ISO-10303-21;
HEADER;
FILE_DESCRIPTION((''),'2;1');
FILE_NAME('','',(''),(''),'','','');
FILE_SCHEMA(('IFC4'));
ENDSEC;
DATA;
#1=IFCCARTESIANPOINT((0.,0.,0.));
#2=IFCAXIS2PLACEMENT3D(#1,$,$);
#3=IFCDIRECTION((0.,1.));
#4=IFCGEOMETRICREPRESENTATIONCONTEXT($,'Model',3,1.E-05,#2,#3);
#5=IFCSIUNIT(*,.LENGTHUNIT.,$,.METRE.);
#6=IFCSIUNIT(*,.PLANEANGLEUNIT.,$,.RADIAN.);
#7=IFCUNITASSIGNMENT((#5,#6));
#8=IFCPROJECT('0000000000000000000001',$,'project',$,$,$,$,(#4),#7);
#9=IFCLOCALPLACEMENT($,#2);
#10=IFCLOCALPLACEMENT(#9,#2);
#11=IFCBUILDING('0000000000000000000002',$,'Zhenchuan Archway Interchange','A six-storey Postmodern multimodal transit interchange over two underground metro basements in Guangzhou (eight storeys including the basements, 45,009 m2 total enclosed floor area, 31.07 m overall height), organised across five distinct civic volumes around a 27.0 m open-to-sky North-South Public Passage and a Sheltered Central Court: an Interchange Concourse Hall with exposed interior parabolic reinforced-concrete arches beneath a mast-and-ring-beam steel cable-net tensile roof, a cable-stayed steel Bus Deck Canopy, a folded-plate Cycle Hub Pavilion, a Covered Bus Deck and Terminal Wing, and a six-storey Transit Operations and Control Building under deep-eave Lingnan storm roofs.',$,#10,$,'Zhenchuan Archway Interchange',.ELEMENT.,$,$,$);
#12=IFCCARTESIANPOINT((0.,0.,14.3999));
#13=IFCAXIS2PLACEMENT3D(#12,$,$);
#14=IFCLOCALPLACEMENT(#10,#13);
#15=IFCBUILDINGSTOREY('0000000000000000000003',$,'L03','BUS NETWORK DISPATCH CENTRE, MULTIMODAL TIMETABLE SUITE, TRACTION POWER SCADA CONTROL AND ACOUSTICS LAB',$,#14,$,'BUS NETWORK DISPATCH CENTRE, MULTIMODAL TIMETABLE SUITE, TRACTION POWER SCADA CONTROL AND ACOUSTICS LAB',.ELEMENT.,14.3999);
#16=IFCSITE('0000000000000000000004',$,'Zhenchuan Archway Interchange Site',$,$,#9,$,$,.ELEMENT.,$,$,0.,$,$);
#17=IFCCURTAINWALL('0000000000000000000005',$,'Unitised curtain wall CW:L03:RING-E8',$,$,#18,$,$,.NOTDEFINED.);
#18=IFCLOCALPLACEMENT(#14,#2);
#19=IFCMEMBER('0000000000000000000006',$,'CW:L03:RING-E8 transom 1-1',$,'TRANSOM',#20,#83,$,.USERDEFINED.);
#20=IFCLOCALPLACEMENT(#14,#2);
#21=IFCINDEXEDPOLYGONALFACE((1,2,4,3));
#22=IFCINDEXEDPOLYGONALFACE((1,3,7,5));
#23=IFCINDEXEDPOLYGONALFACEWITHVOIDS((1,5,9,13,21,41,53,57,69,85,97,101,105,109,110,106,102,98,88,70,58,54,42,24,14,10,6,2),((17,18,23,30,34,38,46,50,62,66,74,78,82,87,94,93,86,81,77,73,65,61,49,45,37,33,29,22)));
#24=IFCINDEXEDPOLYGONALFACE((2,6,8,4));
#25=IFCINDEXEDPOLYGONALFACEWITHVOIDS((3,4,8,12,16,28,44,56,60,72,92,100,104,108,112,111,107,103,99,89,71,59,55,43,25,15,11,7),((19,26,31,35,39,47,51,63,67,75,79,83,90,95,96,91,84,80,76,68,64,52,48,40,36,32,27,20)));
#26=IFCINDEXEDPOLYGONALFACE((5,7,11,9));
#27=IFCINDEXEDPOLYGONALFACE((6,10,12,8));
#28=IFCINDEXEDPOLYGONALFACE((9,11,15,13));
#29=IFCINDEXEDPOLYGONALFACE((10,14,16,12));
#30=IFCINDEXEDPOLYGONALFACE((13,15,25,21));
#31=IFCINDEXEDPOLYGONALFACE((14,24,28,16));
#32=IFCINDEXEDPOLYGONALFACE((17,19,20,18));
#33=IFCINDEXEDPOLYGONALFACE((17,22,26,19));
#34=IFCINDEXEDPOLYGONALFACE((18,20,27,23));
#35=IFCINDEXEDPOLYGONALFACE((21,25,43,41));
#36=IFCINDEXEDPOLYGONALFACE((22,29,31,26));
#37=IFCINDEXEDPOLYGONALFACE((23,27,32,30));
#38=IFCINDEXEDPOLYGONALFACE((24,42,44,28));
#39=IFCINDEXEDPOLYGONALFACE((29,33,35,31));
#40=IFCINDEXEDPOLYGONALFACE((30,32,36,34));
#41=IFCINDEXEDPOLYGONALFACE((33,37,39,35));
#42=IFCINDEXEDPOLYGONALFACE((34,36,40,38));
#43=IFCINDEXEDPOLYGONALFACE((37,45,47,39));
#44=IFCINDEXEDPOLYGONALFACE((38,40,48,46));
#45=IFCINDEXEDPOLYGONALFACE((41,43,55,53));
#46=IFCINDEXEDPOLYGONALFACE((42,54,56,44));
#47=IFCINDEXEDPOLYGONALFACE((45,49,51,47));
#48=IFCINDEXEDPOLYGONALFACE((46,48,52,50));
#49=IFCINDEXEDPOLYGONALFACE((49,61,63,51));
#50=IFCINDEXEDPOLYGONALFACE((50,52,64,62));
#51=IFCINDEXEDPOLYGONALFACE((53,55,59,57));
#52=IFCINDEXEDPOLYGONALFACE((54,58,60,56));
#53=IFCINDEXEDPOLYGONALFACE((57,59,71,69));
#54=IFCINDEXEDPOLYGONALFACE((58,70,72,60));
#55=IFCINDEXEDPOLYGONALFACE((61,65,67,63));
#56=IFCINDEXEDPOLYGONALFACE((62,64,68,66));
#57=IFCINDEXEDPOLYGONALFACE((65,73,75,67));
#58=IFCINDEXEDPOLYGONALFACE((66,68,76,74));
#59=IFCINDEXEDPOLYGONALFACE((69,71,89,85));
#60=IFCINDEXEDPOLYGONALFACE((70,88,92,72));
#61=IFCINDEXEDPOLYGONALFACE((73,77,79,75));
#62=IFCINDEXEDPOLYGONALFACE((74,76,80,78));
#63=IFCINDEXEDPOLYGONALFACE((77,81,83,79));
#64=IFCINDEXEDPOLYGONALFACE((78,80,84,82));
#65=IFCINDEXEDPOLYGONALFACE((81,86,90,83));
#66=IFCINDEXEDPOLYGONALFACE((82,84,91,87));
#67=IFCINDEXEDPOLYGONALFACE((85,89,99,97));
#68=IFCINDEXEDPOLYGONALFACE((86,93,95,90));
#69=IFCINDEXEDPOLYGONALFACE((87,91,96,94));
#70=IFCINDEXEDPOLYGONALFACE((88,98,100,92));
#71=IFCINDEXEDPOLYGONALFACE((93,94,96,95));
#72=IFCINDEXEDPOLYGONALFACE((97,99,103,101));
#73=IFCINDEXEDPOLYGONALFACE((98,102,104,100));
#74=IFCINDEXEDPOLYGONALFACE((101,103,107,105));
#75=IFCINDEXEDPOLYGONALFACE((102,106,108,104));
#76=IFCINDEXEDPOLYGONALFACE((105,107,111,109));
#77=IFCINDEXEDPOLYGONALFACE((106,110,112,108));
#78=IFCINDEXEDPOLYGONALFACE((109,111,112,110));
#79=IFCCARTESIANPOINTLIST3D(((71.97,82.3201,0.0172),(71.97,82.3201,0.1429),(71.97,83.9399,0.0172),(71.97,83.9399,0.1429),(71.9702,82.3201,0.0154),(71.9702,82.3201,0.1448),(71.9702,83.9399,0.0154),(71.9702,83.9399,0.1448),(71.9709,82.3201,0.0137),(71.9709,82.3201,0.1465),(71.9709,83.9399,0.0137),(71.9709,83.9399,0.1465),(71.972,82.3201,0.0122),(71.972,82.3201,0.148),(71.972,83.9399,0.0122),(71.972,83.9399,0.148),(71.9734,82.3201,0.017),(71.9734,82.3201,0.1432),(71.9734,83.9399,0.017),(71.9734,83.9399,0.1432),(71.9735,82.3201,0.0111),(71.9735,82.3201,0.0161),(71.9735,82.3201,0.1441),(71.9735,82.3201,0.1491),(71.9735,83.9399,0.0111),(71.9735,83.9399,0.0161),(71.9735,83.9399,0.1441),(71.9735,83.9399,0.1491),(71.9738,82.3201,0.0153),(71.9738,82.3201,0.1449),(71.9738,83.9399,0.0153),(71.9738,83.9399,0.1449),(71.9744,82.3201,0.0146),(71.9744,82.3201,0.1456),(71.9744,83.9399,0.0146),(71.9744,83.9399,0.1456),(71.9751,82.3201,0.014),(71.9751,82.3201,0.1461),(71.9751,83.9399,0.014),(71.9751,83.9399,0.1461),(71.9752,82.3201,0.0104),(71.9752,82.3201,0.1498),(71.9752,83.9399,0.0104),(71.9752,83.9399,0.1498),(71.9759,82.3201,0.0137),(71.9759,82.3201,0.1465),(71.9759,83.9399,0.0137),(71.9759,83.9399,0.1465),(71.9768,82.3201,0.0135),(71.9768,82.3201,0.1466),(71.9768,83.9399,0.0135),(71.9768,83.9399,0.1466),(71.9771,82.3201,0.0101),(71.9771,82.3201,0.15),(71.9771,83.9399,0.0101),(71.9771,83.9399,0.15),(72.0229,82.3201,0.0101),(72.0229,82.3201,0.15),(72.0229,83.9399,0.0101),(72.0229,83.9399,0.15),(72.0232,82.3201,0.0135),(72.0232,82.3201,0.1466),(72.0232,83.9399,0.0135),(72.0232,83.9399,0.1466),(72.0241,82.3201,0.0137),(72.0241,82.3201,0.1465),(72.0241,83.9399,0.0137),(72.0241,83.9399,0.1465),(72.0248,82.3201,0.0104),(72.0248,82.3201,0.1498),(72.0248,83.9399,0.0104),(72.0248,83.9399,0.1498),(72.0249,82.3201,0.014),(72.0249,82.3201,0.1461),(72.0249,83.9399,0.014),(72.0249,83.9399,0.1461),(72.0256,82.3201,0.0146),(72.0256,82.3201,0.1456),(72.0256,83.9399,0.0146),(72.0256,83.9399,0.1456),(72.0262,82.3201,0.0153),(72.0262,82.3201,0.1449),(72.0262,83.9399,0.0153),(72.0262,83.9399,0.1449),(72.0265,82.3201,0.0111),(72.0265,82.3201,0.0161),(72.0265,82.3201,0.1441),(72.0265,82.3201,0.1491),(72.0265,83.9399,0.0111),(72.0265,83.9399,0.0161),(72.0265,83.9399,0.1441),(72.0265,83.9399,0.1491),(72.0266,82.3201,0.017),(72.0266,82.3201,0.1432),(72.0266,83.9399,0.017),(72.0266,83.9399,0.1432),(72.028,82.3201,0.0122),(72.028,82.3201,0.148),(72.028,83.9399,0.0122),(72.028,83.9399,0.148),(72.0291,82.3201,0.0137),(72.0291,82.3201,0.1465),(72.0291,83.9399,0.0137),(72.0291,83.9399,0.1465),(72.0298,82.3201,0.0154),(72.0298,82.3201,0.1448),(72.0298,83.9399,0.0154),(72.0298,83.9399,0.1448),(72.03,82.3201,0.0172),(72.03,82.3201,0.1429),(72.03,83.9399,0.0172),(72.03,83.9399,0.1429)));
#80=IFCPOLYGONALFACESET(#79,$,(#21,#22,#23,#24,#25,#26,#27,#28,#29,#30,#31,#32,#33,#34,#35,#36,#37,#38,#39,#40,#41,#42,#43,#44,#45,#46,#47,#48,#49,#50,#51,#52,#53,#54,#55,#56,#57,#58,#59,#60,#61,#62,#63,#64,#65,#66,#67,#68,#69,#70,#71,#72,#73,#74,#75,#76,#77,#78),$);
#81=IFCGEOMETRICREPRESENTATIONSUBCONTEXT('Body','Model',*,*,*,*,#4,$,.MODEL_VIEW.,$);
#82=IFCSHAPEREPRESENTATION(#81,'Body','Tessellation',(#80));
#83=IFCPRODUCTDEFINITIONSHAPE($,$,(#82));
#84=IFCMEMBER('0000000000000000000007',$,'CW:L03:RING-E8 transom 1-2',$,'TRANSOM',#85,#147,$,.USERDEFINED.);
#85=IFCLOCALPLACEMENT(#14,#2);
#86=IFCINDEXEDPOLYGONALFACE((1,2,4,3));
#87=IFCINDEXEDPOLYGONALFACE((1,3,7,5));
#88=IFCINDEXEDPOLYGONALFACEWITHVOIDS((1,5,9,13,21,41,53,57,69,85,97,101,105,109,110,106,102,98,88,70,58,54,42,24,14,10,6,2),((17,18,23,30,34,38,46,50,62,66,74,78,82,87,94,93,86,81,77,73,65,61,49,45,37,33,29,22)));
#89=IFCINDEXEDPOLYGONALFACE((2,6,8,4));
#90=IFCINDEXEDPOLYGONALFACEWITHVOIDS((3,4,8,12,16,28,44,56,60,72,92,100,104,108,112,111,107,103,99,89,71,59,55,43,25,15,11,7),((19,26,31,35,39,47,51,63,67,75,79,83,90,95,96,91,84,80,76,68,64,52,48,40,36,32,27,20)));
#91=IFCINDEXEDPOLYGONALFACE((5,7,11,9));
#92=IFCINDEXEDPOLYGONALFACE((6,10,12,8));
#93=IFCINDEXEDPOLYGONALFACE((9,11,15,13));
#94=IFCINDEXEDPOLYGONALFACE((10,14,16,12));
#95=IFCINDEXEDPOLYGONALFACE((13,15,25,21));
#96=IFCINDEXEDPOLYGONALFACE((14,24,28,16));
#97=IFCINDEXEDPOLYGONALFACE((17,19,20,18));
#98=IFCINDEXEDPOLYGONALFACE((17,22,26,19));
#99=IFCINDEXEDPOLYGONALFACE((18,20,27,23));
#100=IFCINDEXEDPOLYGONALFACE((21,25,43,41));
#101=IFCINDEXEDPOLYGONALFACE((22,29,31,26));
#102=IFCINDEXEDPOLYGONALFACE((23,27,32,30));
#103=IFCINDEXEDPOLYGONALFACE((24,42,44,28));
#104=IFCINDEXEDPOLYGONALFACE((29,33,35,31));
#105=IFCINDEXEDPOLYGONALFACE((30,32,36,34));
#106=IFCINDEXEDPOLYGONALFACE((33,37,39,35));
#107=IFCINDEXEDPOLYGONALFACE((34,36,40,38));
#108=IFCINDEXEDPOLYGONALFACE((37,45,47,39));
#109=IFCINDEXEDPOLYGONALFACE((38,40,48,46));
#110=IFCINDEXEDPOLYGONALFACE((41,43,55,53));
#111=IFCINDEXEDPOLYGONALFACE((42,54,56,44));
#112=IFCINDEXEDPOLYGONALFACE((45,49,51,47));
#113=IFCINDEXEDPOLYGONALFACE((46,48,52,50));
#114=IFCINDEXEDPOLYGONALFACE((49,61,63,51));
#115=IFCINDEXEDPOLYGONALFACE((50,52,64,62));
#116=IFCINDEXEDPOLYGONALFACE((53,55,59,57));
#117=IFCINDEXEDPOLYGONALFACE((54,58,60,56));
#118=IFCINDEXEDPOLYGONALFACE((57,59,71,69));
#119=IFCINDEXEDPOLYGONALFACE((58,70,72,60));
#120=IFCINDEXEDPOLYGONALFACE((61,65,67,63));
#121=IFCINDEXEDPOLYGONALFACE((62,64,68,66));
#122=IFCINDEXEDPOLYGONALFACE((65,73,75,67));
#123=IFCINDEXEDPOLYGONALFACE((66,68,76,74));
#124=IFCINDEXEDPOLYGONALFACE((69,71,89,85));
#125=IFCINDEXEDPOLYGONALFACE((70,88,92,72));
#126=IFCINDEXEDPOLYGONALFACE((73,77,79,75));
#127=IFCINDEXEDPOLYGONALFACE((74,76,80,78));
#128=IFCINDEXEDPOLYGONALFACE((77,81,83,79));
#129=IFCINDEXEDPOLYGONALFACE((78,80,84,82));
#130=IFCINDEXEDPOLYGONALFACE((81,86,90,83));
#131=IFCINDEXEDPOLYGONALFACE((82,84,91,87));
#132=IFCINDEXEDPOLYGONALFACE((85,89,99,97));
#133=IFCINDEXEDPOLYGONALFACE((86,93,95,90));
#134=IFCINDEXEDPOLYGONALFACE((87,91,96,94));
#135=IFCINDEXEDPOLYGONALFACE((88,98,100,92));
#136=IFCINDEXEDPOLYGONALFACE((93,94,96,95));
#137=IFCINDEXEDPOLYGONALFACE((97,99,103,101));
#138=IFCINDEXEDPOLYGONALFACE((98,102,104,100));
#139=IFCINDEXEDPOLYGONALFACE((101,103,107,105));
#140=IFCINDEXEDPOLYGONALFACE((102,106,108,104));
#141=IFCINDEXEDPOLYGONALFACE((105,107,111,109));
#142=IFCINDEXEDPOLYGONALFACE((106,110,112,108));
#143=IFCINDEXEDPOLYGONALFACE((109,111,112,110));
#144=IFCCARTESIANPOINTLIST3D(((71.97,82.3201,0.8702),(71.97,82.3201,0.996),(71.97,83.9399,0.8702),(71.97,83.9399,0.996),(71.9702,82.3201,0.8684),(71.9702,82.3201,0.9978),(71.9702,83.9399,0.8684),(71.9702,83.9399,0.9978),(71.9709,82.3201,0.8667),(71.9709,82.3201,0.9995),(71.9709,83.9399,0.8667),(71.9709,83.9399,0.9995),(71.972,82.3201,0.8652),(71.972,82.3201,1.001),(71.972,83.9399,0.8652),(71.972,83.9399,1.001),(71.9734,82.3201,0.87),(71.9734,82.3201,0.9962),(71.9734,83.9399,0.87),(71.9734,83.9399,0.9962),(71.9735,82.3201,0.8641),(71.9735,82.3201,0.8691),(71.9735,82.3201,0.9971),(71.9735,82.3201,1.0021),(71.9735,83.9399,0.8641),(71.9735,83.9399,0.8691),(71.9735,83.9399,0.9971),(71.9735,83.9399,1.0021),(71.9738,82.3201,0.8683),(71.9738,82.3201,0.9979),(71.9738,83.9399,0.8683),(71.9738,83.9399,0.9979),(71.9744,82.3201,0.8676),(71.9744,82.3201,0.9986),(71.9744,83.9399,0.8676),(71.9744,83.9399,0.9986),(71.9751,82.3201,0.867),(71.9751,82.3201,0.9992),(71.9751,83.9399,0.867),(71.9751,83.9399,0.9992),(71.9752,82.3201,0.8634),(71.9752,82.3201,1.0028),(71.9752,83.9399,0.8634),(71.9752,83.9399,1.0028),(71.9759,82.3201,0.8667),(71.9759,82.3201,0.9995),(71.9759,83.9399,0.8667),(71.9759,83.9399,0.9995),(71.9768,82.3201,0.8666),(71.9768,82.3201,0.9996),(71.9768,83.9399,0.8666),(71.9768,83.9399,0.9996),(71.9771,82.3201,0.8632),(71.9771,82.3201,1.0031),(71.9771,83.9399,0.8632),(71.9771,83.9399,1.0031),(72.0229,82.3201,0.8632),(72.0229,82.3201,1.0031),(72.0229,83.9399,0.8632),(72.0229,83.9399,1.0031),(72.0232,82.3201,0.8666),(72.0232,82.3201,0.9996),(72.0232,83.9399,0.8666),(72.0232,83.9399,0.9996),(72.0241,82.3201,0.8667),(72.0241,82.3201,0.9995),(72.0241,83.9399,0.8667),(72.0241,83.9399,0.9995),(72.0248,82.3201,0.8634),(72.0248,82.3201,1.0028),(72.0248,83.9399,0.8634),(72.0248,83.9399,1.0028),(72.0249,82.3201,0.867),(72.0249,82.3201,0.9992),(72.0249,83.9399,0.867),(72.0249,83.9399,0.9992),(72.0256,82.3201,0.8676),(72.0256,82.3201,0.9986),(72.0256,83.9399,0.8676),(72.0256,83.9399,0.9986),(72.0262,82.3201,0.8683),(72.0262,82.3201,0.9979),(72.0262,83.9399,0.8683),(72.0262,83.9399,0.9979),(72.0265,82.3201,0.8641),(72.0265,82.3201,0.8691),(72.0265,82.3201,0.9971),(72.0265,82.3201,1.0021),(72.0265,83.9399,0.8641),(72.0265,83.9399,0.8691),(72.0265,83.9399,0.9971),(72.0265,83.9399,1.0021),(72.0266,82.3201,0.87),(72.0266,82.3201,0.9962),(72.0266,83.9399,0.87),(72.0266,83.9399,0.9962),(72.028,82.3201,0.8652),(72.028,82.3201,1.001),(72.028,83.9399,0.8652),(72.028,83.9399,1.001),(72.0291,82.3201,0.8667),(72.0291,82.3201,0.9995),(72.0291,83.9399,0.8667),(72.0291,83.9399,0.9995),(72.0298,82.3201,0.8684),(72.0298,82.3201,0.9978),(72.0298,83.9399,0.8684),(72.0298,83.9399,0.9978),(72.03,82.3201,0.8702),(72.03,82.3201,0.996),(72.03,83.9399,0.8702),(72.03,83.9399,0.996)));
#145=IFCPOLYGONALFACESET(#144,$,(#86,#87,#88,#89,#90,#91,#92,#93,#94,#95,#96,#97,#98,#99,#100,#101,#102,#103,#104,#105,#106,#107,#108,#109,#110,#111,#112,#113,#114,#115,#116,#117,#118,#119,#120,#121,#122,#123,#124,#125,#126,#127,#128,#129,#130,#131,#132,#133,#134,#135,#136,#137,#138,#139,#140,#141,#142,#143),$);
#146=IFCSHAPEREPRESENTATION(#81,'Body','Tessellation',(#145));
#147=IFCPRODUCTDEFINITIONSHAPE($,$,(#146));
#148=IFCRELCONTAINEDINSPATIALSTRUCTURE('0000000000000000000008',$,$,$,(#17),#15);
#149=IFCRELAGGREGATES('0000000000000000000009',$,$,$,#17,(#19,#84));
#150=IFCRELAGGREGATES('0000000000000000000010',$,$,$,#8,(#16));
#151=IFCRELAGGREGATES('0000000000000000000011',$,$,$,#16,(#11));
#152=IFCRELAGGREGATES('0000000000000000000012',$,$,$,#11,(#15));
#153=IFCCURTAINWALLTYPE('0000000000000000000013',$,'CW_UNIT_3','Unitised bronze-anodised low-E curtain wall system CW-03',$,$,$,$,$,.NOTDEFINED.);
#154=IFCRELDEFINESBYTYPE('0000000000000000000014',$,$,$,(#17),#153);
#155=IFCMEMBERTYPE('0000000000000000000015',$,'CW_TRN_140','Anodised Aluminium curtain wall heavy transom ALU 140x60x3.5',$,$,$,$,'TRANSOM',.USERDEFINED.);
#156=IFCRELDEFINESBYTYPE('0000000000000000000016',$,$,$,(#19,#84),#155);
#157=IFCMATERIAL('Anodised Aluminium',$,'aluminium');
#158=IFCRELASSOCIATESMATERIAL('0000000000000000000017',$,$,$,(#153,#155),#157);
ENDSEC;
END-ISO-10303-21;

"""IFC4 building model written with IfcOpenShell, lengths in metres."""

from ifc_helpers import new_model, si_unit, direction, frame, origin, origin_2d, place, context, subcontext, project, spatial, hollow_rectangle, extrude, material, material_profile, profile_set, type_object, element, aggregate, save


model = new_model("IFC4")

# Units and contexts
model_context = context("Model", 3, precision=1e-05, world=origin(), true_north=direction((0.0, 1.0)))
body_context = subcontext(model_context, "Body", "Model", "MODEL_VIEW")
ifc_project = project(units=[si_unit("LENGTHUNIT", "METRE"), si_unit("PLANEANGLEUNIT", "RADIAN")], contexts=[model_context])

# Site, building, storey
site_placement = place(None, origin())
site = spatial("IfcSite", under=ifc_project, at=site_placement, Name="Zhenchuan Archway Interchange Site", CompositionType="ELEMENT", RefElevation=0.0)
building_placement = place(site_placement, origin())
building = spatial("IfcBuilding", under=site, at=building_placement, Name="Zhenchuan Archway Interchange", Description="A six-storey Postmodern multimodal transit interchange over two underground metro basements in Guangzhou (eight storeys including the basements, 45,009 m2 total enclosed floor area, 31.07 m overall height), organised across five distinct civic volumes around a 27.0 m open-to-sky North-South Public Passage and a Sheltered Central Court: an Interchange Concourse Hall with exposed interior parabolic reinforced-concrete arches beneath a mast-and-ring-beam steel cable-net tensile roof, a cable-stayed steel Bus Deck Canopy, a folded-plate Cycle Hub Pavilion, a Covered Bus Deck and Terminal Wing, and a six-storey Transit Operations and Control Building under deep-eave Lingnan storm roofs.", LongName="Zhenchuan Archway Interchange", CompositionType="ELEMENT")
storey_placement = place(building_placement, frame((0.0, 0.0, 14.3999)))
storey = spatial("IfcBuildingStorey", under=building, at=storey_placement, Name="L03", Description="BUS NETWORK DISPATCH CENTRE, MULTIMODAL TIMETABLE SUITE, TRACTION POWER SCADA CONTROL AND ACOUSTICS LAB", LongName="BUS NETWORK DISPATCH CENTRE, MULTIMODAL TIMETABLE SUITE, TRACTION POWER SCADA CONTROL AND ACOUSTICS LAB", CompositionType="ELEMENT", Elevation=14.3999)

# Shared definitions
ifc_material_1 = material(Name="Anodised Aluminium", Category="aluminium")
curtain_wall_type = type_object("IfcCurtainWallType", Name="CW_UNIT_3", Description="Unitised bronze-anodised low-E curtain wall system CW-03", PredefinedType="NOTDEFINED", material=ifc_material_1)

# Curtain wall
curtain_wall_1_placement = place(storey_placement, origin())
curtain_wall_1 = element("IfcCurtainWall", 1, at=curtain_wall_1_placement, inside=storey, type_object=curtain_wall_type, Name="Unitised curtain wall CW:L03:RING-E8", PredefinedType="NOTDEFINED")

# Members
ifc_material_profile_1 = material_profile(ifc_material_1, hollow_rectangle(XDim=0.0601, YDim=0.1399, WallThickness=0.0034, InnerFilletRadius=0.0034, OuterFilletRadius=0.0071, at=origin_2d()), Name="ALU 140x60x3.5")
ifc_profile_set_1 = profile_set([ifc_material_profile_1], Name="Anodised Aluminium")
member_type_1 = type_object("IfcMemberType", Name="CW_TRN_140", Description="Anodised Aluminium curtain wall heavy transom ALU 140x60x3.5", ElementType="TRANSOM", PredefinedType="USERDEFINED", material=ifc_profile_set_1)
member_1_placement = place(storey_placement, frame((72.0, 82.3201, 0.0801), z_axis=(0.0, 1.0, 0.0), x_axis=(-1.0, 0.0, 0.0)))
member_1 = element("IfcMember", 2, at=member_1_placement, type_object=member_type_1, Name="CW:L03:RING-E8 transom 1-1", ObjectType="TRANSOM", PredefinedType="USERDEFINED", context=body_context, shape_type="SweptSolid", body=[
    extrude(hollow_rectangle(XDim=0.0601, YDim=0.1399, WallThickness=0.0034, InnerFilletRadius=0.0034, OuterFilletRadius=0.0071, at=origin_2d()), origin(), (0.0, 0.0, 1.0), 1.6199),
])
member_2_placement = place(storey_placement, frame((72.0, 82.3201, 0.9331), z_axis=(0.0, 1.0, 0.0), x_axis=(-1.0, 0.0, 0.0)))
member_2 = element("IfcMember", 3, at=member_2_placement, type_object=member_type_1, Name="CW:L03:RING-E8 transom 1-2", ObjectType="TRANSOM", PredefinedType="USERDEFINED", context=body_context, shape_type="SweptSolid", body=[
    extrude(hollow_rectangle(XDim=0.0601, YDim=0.1399, WallThickness=0.0034, InnerFilletRadius=0.0034, OuterFilletRadius=0.0071, at=origin_2d()), origin(), (0.0, 0.0, 1.0), 1.6199),
])

aggregate(curtain_wall_1, [member_1, member_2])

save(model, "model.ifc")
